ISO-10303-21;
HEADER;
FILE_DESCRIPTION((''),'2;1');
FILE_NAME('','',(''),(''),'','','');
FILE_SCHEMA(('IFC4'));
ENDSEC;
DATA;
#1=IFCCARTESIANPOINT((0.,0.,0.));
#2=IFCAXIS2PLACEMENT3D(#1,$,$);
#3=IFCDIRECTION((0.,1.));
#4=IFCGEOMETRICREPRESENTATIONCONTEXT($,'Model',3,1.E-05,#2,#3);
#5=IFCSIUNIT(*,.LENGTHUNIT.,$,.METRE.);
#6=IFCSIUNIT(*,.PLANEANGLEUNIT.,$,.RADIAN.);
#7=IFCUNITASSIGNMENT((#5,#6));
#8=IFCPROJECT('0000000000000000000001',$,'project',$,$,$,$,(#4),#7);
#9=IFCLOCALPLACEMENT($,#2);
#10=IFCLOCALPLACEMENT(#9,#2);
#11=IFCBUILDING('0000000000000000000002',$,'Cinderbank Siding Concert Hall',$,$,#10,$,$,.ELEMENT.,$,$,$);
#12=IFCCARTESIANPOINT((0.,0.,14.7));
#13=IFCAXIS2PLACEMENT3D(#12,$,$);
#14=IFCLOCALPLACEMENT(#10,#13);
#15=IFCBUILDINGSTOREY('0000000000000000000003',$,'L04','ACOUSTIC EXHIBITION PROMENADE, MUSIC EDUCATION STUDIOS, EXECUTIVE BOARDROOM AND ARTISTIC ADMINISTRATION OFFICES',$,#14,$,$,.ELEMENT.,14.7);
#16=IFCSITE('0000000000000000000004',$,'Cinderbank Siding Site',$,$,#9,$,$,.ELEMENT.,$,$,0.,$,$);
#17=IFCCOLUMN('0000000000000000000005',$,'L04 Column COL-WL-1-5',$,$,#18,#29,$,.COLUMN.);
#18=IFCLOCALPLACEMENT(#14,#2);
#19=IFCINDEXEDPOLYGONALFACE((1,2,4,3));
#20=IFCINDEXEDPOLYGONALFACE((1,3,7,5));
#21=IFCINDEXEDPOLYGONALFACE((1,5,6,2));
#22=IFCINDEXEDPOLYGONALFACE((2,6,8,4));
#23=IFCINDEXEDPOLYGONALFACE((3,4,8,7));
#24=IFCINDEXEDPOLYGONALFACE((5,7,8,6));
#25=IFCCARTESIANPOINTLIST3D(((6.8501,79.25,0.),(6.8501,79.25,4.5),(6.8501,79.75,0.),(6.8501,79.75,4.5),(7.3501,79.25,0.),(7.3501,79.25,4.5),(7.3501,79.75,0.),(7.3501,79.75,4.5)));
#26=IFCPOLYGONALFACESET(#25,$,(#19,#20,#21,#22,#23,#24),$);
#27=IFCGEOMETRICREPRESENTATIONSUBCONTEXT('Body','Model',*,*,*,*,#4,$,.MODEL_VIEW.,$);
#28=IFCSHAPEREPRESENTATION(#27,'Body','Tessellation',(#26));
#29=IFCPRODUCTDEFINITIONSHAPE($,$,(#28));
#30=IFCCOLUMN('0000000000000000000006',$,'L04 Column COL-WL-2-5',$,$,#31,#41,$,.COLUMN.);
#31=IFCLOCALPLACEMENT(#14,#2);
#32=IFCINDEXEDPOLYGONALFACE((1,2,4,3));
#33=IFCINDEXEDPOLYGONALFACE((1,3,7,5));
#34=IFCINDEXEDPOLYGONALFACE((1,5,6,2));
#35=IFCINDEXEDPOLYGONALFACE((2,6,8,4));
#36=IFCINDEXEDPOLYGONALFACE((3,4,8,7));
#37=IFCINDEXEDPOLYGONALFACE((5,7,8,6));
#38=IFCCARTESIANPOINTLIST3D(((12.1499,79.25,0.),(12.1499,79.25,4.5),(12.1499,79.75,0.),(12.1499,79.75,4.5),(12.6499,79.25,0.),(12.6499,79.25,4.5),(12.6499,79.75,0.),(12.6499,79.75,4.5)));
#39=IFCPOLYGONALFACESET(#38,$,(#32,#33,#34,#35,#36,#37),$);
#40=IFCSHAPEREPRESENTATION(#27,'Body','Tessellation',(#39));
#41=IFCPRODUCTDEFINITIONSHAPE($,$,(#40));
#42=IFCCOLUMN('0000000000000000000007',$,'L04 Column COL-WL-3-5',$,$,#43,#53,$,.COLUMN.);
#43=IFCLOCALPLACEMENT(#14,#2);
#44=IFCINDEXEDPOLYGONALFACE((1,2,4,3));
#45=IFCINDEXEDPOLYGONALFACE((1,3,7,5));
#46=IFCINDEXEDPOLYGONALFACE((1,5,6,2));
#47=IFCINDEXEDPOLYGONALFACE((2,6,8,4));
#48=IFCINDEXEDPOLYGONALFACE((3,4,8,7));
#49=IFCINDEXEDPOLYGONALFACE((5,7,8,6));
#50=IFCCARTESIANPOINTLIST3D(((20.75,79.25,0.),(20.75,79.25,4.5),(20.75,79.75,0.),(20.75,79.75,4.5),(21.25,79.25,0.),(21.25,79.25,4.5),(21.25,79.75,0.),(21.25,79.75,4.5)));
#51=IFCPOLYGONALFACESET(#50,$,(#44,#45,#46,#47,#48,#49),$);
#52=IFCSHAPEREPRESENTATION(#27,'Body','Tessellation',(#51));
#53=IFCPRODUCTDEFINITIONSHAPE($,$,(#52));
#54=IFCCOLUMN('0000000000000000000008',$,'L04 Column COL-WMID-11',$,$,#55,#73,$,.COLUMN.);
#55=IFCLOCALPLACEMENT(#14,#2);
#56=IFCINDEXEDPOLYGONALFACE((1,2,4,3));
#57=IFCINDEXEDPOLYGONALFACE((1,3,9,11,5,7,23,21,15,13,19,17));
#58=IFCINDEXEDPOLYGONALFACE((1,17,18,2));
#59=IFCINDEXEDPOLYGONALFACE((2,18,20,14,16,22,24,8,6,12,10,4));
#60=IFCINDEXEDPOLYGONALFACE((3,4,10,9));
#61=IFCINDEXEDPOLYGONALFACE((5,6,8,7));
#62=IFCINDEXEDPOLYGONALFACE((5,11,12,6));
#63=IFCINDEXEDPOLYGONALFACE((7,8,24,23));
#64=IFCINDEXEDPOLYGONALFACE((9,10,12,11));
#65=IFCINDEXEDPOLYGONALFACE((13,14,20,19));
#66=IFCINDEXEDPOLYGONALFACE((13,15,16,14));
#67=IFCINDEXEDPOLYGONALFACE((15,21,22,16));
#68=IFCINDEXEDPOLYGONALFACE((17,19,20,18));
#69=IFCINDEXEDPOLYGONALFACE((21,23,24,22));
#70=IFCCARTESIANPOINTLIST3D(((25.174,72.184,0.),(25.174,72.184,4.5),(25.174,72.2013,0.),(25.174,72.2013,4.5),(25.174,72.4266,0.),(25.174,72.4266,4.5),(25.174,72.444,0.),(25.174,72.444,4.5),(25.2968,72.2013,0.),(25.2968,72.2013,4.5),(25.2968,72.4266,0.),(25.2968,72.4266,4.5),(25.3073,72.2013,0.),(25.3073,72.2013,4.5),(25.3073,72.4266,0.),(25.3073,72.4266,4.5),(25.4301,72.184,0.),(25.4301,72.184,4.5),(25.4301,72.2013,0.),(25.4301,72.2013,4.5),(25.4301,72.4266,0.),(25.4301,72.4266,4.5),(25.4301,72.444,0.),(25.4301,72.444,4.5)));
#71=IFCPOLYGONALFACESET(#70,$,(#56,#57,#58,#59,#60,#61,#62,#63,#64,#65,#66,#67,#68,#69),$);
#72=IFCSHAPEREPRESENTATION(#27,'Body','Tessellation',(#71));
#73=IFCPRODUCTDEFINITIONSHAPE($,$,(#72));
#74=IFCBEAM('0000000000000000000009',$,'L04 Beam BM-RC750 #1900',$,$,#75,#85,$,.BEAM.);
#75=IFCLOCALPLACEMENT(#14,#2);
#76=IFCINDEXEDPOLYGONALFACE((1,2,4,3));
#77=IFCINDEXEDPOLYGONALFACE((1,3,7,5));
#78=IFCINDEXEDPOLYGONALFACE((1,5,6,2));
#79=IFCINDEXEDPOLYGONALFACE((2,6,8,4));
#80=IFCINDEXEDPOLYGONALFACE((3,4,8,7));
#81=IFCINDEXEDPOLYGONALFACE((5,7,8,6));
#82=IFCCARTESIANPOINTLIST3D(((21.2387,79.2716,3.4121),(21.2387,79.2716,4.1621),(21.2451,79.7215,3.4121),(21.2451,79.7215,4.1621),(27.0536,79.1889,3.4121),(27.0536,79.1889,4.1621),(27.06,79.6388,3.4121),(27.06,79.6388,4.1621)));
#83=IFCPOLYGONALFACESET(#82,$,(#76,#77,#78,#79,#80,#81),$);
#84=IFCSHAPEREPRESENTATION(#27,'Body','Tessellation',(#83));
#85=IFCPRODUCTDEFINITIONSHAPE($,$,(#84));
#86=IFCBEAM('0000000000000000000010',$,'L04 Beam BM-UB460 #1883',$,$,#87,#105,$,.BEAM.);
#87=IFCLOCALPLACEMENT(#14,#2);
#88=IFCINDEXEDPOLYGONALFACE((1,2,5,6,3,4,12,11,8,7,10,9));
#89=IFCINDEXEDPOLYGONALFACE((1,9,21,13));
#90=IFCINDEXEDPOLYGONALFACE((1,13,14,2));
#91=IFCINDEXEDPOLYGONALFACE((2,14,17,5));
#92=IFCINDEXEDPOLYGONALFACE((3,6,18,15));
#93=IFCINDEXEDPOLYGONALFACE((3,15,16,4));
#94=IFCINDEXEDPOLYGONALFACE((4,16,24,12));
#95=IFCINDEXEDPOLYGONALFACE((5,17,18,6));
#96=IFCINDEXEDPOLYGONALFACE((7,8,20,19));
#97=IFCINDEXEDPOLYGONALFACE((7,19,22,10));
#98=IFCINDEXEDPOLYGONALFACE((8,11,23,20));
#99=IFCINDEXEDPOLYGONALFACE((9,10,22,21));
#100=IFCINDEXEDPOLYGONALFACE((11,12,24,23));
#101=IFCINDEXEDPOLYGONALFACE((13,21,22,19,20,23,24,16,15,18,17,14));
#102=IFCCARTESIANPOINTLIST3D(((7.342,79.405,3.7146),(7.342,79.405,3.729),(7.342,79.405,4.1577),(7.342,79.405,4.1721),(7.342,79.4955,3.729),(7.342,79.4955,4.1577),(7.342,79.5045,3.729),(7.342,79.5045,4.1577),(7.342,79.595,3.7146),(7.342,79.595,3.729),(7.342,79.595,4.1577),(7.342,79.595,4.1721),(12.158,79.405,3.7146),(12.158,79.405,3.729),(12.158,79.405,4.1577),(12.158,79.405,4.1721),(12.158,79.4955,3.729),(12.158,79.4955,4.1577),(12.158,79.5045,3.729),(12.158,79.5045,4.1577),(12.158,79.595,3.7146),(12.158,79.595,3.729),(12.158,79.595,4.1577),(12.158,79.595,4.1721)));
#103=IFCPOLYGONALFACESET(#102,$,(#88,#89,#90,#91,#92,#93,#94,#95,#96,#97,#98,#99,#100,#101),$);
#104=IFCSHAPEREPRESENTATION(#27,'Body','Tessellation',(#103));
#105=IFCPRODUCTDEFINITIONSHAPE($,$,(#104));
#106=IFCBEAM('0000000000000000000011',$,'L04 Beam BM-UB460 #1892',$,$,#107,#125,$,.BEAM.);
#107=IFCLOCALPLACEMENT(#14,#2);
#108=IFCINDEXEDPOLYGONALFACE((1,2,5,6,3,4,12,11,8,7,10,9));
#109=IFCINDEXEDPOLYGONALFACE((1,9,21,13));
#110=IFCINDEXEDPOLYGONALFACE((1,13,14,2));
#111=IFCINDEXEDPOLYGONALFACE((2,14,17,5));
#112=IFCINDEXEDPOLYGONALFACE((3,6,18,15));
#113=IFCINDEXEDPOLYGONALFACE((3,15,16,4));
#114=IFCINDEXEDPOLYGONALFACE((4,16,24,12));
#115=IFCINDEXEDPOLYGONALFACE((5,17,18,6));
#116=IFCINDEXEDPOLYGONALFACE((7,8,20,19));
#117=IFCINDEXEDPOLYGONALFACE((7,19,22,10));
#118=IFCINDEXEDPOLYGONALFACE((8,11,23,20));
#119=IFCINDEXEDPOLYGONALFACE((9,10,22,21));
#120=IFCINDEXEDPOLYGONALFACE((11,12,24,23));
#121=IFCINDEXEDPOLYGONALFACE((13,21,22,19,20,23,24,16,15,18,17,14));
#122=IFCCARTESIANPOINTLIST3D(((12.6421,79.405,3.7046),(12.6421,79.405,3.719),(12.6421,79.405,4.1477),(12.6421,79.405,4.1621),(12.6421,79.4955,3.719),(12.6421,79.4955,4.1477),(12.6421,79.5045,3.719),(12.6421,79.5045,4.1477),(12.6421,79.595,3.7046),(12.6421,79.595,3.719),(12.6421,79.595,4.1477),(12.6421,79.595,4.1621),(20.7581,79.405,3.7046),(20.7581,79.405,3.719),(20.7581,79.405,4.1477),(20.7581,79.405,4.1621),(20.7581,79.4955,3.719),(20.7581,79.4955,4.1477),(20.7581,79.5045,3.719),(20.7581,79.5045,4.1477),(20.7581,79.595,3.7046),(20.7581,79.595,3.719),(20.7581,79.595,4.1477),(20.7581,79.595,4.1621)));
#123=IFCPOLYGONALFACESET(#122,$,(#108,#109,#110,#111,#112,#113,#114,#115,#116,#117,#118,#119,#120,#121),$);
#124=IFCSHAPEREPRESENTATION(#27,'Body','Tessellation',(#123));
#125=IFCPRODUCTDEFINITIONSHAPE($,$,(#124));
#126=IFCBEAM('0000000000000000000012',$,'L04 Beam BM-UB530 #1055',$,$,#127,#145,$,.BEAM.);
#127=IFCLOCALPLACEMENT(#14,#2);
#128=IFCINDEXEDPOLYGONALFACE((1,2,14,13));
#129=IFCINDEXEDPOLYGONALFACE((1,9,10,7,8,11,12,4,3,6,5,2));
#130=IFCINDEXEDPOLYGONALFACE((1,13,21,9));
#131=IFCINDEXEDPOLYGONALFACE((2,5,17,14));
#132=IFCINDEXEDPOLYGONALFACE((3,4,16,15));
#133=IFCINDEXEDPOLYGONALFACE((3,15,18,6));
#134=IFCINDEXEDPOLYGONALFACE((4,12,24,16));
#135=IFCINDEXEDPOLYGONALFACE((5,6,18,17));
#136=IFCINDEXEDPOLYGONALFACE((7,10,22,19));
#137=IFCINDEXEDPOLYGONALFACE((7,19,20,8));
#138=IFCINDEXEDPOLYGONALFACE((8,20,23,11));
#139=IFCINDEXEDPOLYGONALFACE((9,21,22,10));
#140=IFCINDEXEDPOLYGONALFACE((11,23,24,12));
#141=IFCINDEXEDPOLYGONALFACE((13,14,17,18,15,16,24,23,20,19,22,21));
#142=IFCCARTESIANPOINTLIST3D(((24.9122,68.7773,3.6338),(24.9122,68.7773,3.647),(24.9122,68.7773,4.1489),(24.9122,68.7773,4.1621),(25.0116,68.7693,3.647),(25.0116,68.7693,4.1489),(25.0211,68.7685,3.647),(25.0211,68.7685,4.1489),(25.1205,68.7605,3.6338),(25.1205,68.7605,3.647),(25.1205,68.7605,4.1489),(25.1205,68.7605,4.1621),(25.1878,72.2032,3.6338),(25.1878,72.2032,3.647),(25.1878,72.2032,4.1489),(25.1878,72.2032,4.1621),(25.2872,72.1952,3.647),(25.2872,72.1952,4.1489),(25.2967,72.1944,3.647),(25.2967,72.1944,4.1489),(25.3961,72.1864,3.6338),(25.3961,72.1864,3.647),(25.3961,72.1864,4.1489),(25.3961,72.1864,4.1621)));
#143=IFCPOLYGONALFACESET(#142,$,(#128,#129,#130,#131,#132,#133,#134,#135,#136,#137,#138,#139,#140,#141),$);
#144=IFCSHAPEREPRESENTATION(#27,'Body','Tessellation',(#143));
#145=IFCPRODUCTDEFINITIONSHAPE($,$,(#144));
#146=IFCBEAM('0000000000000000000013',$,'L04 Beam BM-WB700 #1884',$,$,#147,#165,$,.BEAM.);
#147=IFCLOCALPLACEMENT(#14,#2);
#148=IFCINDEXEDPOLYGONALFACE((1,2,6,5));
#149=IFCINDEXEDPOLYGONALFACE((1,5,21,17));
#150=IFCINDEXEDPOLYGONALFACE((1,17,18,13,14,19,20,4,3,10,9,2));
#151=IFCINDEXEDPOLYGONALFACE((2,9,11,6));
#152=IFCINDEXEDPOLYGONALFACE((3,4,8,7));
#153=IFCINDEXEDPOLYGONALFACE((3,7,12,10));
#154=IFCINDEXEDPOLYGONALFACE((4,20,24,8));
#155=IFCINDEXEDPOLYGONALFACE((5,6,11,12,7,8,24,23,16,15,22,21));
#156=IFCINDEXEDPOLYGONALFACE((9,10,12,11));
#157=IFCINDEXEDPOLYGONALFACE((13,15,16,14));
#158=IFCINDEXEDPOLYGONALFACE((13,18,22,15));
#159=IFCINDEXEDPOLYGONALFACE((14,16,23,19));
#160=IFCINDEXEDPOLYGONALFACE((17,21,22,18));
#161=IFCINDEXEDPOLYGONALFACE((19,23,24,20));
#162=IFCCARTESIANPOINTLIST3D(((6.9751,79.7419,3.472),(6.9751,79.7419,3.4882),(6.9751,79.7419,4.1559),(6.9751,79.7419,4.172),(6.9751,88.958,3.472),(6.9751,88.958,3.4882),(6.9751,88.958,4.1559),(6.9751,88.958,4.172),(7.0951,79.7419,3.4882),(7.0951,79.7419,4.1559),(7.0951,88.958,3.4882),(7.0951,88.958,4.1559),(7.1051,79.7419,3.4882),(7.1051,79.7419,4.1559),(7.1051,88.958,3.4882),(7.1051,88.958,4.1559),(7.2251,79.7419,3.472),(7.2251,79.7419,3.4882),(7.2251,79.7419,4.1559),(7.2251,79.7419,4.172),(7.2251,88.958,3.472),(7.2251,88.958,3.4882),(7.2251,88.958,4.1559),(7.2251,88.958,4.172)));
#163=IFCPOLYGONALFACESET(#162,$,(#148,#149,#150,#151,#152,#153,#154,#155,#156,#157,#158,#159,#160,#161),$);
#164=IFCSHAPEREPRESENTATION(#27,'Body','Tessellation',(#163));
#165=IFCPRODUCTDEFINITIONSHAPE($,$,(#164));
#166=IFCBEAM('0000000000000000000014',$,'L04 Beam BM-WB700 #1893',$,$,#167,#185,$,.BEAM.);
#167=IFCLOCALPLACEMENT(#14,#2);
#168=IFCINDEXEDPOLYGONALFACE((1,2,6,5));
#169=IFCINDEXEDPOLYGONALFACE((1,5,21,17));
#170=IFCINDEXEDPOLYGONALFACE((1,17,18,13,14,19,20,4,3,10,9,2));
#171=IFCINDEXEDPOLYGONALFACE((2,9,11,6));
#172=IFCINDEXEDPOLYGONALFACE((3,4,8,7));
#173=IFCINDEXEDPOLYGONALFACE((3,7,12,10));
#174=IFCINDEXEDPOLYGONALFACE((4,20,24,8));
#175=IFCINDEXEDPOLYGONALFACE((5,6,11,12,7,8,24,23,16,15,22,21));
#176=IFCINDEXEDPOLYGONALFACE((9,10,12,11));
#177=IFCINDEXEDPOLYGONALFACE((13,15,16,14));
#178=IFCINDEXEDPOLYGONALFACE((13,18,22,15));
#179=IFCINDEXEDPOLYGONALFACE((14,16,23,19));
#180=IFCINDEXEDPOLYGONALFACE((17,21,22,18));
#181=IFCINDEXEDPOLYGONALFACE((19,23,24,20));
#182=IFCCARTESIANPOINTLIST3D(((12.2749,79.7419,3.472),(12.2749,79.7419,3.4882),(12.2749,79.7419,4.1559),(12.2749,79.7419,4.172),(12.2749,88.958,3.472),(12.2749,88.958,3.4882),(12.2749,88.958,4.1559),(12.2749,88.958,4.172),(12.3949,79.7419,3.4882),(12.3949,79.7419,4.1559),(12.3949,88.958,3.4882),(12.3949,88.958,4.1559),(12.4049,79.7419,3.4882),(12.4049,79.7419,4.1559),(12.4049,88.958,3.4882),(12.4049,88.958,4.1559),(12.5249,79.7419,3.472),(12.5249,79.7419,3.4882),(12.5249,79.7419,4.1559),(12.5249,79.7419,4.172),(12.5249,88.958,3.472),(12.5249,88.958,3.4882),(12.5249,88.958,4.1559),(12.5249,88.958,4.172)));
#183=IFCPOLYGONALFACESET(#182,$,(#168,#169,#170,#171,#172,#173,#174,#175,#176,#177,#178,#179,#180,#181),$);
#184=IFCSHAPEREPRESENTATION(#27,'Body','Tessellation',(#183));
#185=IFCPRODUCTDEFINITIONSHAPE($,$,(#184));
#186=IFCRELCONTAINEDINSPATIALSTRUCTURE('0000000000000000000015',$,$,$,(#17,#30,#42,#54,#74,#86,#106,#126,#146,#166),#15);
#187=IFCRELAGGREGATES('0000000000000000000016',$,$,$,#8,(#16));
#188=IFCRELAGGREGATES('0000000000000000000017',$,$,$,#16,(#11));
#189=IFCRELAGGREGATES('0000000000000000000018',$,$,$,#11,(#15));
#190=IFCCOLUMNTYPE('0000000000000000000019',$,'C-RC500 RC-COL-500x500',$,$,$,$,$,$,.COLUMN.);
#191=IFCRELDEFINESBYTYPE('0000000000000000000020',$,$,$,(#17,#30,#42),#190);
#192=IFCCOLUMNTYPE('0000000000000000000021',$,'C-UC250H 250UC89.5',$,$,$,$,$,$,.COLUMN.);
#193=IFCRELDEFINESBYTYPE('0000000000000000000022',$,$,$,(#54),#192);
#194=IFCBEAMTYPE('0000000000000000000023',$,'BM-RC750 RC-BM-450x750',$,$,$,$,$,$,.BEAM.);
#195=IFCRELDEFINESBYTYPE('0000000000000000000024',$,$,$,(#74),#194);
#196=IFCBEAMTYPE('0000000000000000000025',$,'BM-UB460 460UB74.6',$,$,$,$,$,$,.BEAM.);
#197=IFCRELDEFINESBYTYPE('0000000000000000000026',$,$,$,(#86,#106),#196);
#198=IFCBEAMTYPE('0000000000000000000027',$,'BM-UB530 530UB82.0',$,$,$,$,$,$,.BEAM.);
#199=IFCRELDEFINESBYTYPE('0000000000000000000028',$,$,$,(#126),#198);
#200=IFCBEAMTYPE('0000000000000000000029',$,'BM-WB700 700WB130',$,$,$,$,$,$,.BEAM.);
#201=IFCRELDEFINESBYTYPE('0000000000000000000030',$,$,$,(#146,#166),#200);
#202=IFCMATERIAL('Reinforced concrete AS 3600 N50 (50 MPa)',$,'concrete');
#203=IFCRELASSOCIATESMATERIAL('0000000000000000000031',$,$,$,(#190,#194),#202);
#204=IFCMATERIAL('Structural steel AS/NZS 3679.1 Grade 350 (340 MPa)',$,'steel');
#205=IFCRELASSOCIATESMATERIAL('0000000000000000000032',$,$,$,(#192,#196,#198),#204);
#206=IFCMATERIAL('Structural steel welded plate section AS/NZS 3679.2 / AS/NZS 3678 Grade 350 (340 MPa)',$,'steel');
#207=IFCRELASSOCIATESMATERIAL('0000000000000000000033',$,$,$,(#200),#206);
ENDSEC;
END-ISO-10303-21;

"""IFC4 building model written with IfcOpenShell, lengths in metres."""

from ifc_helpers import new_model, si_unit, direction, frame, origin, origin_2d, place, context, subcontext, project, spatial, rectangle, i_section, extrude, material, material_profile, profile_set, type_object, element, save


model = new_model("IFC4")

# Units and contexts
model_context = context("Model", 3, precision=1e-05, world=origin(), true_north=direction((0.0, 1.0)))
body_context = subcontext(model_context, "Body", "Model", "MODEL_VIEW")
ifc_project = project(units=[si_unit("LENGTHUNIT", "METRE"), si_unit("PLANEANGLEUNIT", "RADIAN")], contexts=[model_context])

# Site, building, storey
site_placement = place(None, origin())
site = spatial("IfcSite", under=ifc_project, at=site_placement, Name="Cinderbank Siding Site", CompositionType="ELEMENT", RefElevation=0.0)
building_placement = place(site_placement, origin())
building = spatial("IfcBuilding", under=site, at=building_placement, Name="Cinderbank Siding Concert Hall", CompositionType="ELEMENT")
storey_placement = place(building_placement, frame((0.0, 0.0, 14.7)))
storey = spatial("IfcBuildingStorey", under=building, at=storey_placement, Name="L04", Description="ACOUSTIC EXHIBITION PROMENADE, MUSIC EDUCATION STUDIOS, EXECUTIVE BOARDROOM AND ARTISTIC ADMINISTRATION OFFICES", CompositionType="ELEMENT", Elevation=14.7)

# Columns
ifc_material_1 = material(Name="Reinforced concrete AS 3600 N50 (50 MPa)", Category="concrete")
ifc_material_profile_1 = material_profile(ifc_material_1, rectangle(XDim=0.5, YDim=0.5, at=origin_2d()), Name="RC-COL-500x500", Category="LoadBearing")
ifc_profile_set_1 = profile_set([ifc_material_profile_1], Name="Reinforced concrete AS 3600 N50 (50 MPa)")
column_type_1 = type_object("IfcColumnType", Name="C-RC500 RC-COL-500x500", PredefinedType="COLUMN", material=ifc_profile_set_1)
for number, where, z_axis, x_axis, name in (
    (1, (7.1001, 79.5, 0.0), (0.0, 0.0, 1.0), (1.0, 0.0, 0.0), "L04 Column COL-WL-1-5"),
    (2, (12.3999, 79.5, 0.0), (0.0, 0.0, 1.0), (1.0, 0.0, 0.0), "L04 Column COL-WL-2-5"),
    (3, (21.0, 79.5, 0.0), (0.0, 0.0, 1.0), (1.0, 0.0, 0.0), "L04 Column COL-WL-3-5"),
):
    element("IfcColumn", number, at=place(storey_placement, frame(where, z_axis=z_axis, x_axis=x_axis)), inside=storey, type_object=column_type_1, Name=name, PredefinedType="COLUMN", context=body_context, shape_type="SweptSolid", body=[
        extrude(rectangle(XDim=0.5, YDim=0.5, at=origin_2d()), origin(), (0.0, 0.0, 1.0), 4.5),
    ])
ifc_material_2 = material(Name="Structural steel AS/NZS 3679.1 Grade 350 (340 MPa)", Category="steel")
ifc_material_profile_2 = material_profile(ifc_material_2, i_section(OverallWidth=0.2561, OverallDepth=0.26, WebThickness=0.0105, FlangeThickness=0.0173, at=origin_2d()), Name="250UC89.5", Category="LoadBearing")
ifc_profile_set_2 = profile_set([ifc_material_profile_2], Name="Structural steel AS/NZS 3679.1 Grade 350 (340 MPa)")
column_type_2 = type_object("IfcColumnType", Name="C-UC250H 250UC89.5", PredefinedType="COLUMN", material=ifc_profile_set_2)
column_placement = place(storey_placement, frame((25.302, 72.314, 0.0), z_axis=(0.0, 0.0, 1.0), x_axis=(1.0, 0.0, 0.0)))
element("IfcColumn", 4, at=column_placement, inside=storey, type_object=column_type_2, Name="L04 Column COL-WMID-11", PredefinedType="COLUMN", context=body_context, shape_type="SweptSolid", body=[
    extrude(i_section(OverallWidth=0.2561, OverallDepth=0.26, WebThickness=0.0105, FlangeThickness=0.0173, at=origin_2d()), origin(), (0.0, 0.0, 1.0), 4.5),
])

# Beams
ifc_material_profile_3 = material_profile(ifc_material_1, rectangle(XDim=0.45, YDim=0.75, at=origin_2d()), Name="RC-BM-450x750", Category="LoadBearing")
ifc_profile_set_3 = profile_set([ifc_material_profile_3], Name="Reinforced concrete AS 3600 N50 (50 MPa)")
beam_type_1 = type_object("IfcBeamType", Name="BM-RC750 RC-BM-450x750", PredefinedType="BEAM", material=ifc_profile_set_3)
beam_1_placement = place(storey_placement, frame((21.2419, 79.4966, 3.7871), z_axis=(0.999899, -0.014231, 0.0), x_axis=(0.014231, 0.999899, 0.0)))
element("IfcBeam", 5, at=beam_1_placement, inside=storey, type_object=beam_type_1, Name="L04 Beam BM-RC750 #1900", PredefinedType="BEAM", context=body_context, shape_type="SweptSolid", body=[
    extrude(rectangle(XDim=0.45, YDim=0.75, at=origin_2d()), origin(), (0.0, 0.0, 1.0), 5.8154),
])
ifc_material_profile_4 = material_profile(ifc_material_2, i_section(OverallWidth=0.1899, OverallDepth=0.4575, WebThickness=0.009, FlangeThickness=0.0144, at=origin_2d()), Name="460UB74.6", Category="LoadBearing")
ifc_profile_set_4 = profile_set([ifc_material_profile_4], Name="Structural steel AS/NZS 3679.1 Grade 350 (340 MPa)")
beam_type_2 = type_object("IfcBeamType", Name="BM-UB460 460UB74.6", PredefinedType="BEAM", material=ifc_profile_set_4)
beam_2_placement = place(storey_placement, frame((7.342, 79.5, 3.9434), z_axis=(1.0, 0.0, 0.0), x_axis=(0.0, 1.0, 0.0)))
element("IfcBeam", 6, at=beam_2_placement, inside=storey, type_object=beam_type_2, Name="L04 Beam BM-UB460 #1883", PredefinedType="BEAM", context=body_context, shape_type="SweptSolid", body=[
    extrude(i_section(OverallWidth=0.1899, OverallDepth=0.4575, WebThickness=0.009, FlangeThickness=0.0144, at=origin_2d()), origin(), (0.0, 0.0, 1.0), 4.8159),
])
beam_3_placement = place(storey_placement, frame((12.6421, 79.5, 3.9333), z_axis=(1.0, 0.0, 0.0), x_axis=(0.0, 1.0, 0.0)))
element("IfcBeam", 7, at=beam_3_placement, inside=storey, type_object=beam_type_2, Name="L04 Beam BM-UB460 #1892", PredefinedType="BEAM", context=body_context, shape_type="SweptSolid", body=[
    extrude(i_section(OverallWidth=0.1899, OverallDepth=0.4575, WebThickness=0.009, FlangeThickness=0.0144, at=origin_2d()), origin(), (0.0, 0.0, 1.0), 8.116),
])
ifc_material_profile_5 = material_profile(ifc_material_2, i_section(OverallWidth=0.209, OverallDepth=0.5283, WebThickness=0.0095, FlangeThickness=0.0132, at=origin_2d()), Name="530UB82.0", Category="LoadBearing")
ifc_profile_set_5 = profile_set([ifc_material_profile_5], Name="Structural steel AS/NZS 3679.1 Grade 350 (340 MPa)")
beam_type_3 = type_object("IfcBeamType", Name="BM-UB530 530UB82.0", PredefinedType="BEAM", material=ifc_profile_set_5)
beam_4_placement = place(storey_placement, frame((25.292, 72.1948, 3.8979), z_axis=(-0.080194, -0.996779, 0.0), x_axis=(0.996779, -0.080194, 0.0)))
element("IfcBeam", 8, at=beam_4_placement, inside=storey, type_object=beam_type_3, Name="L04 Beam BM-UB530 #1055", PredefinedType="BEAM", context=body_context, shape_type="SweptSolid", body=[
    extrude(i_section(OverallWidth=0.209, OverallDepth=0.5283, WebThickness=0.0095, FlangeThickness=0.0132, at=origin_2d()), origin(), (0.0, 0.0, 1.0), 3.437),
])
ifc_material_3 = material(Name="Structural steel welded plate section AS/NZS 3679.2 / AS/NZS 3678 Grade 350 (340 MPa)", Category="steel")
ifc_material_profile_6 = material_profile(ifc_material_3, i_section(OverallWidth=0.25, OverallDepth=0.7, WebThickness=0.01, FlangeThickness=0.0161, at=origin_2d()), Name="700WB130", Category="LoadBearing")
ifc_profile_set_6 = profile_set([ifc_material_profile_6], Name="Structural steel welded plate section AS/NZS 3679.2 / AS/NZS 3678 Grade 350 (340 MPa)")
beam_type_4 = type_object("IfcBeamType", Name="BM-WB700 700WB130", PredefinedType="BEAM", material=ifc_profile_set_6)
for number, where, z_axis, x_axis, name in (
    (9, (7.1001, 79.7419, 3.822), (0.0, 1.0, 0.0), (-1.0, 0.0, 0.0), "L04 Beam BM-WB700 #1884"),
    (10, (12.3999, 79.7419, 3.822), (0.0, 1.0, 0.0), (-1.0, 0.0, 0.0), "L04 Beam BM-WB700 #1893"),
):
    element("IfcBeam", number, at=place(storey_placement, frame(where, z_axis=z_axis, x_axis=x_axis)), inside=storey, type_object=beam_type_4, Name=name, PredefinedType="BEAM", context=body_context, shape_type="SweptSolid", body=[
        extrude(i_section(OverallWidth=0.25, OverallDepth=0.7, WebThickness=0.01, FlangeThickness=0.0161, at=origin_2d()), origin(), (0.0, 0.0, 1.0), 9.2161),
    ])

save(model, "model.ifc")
